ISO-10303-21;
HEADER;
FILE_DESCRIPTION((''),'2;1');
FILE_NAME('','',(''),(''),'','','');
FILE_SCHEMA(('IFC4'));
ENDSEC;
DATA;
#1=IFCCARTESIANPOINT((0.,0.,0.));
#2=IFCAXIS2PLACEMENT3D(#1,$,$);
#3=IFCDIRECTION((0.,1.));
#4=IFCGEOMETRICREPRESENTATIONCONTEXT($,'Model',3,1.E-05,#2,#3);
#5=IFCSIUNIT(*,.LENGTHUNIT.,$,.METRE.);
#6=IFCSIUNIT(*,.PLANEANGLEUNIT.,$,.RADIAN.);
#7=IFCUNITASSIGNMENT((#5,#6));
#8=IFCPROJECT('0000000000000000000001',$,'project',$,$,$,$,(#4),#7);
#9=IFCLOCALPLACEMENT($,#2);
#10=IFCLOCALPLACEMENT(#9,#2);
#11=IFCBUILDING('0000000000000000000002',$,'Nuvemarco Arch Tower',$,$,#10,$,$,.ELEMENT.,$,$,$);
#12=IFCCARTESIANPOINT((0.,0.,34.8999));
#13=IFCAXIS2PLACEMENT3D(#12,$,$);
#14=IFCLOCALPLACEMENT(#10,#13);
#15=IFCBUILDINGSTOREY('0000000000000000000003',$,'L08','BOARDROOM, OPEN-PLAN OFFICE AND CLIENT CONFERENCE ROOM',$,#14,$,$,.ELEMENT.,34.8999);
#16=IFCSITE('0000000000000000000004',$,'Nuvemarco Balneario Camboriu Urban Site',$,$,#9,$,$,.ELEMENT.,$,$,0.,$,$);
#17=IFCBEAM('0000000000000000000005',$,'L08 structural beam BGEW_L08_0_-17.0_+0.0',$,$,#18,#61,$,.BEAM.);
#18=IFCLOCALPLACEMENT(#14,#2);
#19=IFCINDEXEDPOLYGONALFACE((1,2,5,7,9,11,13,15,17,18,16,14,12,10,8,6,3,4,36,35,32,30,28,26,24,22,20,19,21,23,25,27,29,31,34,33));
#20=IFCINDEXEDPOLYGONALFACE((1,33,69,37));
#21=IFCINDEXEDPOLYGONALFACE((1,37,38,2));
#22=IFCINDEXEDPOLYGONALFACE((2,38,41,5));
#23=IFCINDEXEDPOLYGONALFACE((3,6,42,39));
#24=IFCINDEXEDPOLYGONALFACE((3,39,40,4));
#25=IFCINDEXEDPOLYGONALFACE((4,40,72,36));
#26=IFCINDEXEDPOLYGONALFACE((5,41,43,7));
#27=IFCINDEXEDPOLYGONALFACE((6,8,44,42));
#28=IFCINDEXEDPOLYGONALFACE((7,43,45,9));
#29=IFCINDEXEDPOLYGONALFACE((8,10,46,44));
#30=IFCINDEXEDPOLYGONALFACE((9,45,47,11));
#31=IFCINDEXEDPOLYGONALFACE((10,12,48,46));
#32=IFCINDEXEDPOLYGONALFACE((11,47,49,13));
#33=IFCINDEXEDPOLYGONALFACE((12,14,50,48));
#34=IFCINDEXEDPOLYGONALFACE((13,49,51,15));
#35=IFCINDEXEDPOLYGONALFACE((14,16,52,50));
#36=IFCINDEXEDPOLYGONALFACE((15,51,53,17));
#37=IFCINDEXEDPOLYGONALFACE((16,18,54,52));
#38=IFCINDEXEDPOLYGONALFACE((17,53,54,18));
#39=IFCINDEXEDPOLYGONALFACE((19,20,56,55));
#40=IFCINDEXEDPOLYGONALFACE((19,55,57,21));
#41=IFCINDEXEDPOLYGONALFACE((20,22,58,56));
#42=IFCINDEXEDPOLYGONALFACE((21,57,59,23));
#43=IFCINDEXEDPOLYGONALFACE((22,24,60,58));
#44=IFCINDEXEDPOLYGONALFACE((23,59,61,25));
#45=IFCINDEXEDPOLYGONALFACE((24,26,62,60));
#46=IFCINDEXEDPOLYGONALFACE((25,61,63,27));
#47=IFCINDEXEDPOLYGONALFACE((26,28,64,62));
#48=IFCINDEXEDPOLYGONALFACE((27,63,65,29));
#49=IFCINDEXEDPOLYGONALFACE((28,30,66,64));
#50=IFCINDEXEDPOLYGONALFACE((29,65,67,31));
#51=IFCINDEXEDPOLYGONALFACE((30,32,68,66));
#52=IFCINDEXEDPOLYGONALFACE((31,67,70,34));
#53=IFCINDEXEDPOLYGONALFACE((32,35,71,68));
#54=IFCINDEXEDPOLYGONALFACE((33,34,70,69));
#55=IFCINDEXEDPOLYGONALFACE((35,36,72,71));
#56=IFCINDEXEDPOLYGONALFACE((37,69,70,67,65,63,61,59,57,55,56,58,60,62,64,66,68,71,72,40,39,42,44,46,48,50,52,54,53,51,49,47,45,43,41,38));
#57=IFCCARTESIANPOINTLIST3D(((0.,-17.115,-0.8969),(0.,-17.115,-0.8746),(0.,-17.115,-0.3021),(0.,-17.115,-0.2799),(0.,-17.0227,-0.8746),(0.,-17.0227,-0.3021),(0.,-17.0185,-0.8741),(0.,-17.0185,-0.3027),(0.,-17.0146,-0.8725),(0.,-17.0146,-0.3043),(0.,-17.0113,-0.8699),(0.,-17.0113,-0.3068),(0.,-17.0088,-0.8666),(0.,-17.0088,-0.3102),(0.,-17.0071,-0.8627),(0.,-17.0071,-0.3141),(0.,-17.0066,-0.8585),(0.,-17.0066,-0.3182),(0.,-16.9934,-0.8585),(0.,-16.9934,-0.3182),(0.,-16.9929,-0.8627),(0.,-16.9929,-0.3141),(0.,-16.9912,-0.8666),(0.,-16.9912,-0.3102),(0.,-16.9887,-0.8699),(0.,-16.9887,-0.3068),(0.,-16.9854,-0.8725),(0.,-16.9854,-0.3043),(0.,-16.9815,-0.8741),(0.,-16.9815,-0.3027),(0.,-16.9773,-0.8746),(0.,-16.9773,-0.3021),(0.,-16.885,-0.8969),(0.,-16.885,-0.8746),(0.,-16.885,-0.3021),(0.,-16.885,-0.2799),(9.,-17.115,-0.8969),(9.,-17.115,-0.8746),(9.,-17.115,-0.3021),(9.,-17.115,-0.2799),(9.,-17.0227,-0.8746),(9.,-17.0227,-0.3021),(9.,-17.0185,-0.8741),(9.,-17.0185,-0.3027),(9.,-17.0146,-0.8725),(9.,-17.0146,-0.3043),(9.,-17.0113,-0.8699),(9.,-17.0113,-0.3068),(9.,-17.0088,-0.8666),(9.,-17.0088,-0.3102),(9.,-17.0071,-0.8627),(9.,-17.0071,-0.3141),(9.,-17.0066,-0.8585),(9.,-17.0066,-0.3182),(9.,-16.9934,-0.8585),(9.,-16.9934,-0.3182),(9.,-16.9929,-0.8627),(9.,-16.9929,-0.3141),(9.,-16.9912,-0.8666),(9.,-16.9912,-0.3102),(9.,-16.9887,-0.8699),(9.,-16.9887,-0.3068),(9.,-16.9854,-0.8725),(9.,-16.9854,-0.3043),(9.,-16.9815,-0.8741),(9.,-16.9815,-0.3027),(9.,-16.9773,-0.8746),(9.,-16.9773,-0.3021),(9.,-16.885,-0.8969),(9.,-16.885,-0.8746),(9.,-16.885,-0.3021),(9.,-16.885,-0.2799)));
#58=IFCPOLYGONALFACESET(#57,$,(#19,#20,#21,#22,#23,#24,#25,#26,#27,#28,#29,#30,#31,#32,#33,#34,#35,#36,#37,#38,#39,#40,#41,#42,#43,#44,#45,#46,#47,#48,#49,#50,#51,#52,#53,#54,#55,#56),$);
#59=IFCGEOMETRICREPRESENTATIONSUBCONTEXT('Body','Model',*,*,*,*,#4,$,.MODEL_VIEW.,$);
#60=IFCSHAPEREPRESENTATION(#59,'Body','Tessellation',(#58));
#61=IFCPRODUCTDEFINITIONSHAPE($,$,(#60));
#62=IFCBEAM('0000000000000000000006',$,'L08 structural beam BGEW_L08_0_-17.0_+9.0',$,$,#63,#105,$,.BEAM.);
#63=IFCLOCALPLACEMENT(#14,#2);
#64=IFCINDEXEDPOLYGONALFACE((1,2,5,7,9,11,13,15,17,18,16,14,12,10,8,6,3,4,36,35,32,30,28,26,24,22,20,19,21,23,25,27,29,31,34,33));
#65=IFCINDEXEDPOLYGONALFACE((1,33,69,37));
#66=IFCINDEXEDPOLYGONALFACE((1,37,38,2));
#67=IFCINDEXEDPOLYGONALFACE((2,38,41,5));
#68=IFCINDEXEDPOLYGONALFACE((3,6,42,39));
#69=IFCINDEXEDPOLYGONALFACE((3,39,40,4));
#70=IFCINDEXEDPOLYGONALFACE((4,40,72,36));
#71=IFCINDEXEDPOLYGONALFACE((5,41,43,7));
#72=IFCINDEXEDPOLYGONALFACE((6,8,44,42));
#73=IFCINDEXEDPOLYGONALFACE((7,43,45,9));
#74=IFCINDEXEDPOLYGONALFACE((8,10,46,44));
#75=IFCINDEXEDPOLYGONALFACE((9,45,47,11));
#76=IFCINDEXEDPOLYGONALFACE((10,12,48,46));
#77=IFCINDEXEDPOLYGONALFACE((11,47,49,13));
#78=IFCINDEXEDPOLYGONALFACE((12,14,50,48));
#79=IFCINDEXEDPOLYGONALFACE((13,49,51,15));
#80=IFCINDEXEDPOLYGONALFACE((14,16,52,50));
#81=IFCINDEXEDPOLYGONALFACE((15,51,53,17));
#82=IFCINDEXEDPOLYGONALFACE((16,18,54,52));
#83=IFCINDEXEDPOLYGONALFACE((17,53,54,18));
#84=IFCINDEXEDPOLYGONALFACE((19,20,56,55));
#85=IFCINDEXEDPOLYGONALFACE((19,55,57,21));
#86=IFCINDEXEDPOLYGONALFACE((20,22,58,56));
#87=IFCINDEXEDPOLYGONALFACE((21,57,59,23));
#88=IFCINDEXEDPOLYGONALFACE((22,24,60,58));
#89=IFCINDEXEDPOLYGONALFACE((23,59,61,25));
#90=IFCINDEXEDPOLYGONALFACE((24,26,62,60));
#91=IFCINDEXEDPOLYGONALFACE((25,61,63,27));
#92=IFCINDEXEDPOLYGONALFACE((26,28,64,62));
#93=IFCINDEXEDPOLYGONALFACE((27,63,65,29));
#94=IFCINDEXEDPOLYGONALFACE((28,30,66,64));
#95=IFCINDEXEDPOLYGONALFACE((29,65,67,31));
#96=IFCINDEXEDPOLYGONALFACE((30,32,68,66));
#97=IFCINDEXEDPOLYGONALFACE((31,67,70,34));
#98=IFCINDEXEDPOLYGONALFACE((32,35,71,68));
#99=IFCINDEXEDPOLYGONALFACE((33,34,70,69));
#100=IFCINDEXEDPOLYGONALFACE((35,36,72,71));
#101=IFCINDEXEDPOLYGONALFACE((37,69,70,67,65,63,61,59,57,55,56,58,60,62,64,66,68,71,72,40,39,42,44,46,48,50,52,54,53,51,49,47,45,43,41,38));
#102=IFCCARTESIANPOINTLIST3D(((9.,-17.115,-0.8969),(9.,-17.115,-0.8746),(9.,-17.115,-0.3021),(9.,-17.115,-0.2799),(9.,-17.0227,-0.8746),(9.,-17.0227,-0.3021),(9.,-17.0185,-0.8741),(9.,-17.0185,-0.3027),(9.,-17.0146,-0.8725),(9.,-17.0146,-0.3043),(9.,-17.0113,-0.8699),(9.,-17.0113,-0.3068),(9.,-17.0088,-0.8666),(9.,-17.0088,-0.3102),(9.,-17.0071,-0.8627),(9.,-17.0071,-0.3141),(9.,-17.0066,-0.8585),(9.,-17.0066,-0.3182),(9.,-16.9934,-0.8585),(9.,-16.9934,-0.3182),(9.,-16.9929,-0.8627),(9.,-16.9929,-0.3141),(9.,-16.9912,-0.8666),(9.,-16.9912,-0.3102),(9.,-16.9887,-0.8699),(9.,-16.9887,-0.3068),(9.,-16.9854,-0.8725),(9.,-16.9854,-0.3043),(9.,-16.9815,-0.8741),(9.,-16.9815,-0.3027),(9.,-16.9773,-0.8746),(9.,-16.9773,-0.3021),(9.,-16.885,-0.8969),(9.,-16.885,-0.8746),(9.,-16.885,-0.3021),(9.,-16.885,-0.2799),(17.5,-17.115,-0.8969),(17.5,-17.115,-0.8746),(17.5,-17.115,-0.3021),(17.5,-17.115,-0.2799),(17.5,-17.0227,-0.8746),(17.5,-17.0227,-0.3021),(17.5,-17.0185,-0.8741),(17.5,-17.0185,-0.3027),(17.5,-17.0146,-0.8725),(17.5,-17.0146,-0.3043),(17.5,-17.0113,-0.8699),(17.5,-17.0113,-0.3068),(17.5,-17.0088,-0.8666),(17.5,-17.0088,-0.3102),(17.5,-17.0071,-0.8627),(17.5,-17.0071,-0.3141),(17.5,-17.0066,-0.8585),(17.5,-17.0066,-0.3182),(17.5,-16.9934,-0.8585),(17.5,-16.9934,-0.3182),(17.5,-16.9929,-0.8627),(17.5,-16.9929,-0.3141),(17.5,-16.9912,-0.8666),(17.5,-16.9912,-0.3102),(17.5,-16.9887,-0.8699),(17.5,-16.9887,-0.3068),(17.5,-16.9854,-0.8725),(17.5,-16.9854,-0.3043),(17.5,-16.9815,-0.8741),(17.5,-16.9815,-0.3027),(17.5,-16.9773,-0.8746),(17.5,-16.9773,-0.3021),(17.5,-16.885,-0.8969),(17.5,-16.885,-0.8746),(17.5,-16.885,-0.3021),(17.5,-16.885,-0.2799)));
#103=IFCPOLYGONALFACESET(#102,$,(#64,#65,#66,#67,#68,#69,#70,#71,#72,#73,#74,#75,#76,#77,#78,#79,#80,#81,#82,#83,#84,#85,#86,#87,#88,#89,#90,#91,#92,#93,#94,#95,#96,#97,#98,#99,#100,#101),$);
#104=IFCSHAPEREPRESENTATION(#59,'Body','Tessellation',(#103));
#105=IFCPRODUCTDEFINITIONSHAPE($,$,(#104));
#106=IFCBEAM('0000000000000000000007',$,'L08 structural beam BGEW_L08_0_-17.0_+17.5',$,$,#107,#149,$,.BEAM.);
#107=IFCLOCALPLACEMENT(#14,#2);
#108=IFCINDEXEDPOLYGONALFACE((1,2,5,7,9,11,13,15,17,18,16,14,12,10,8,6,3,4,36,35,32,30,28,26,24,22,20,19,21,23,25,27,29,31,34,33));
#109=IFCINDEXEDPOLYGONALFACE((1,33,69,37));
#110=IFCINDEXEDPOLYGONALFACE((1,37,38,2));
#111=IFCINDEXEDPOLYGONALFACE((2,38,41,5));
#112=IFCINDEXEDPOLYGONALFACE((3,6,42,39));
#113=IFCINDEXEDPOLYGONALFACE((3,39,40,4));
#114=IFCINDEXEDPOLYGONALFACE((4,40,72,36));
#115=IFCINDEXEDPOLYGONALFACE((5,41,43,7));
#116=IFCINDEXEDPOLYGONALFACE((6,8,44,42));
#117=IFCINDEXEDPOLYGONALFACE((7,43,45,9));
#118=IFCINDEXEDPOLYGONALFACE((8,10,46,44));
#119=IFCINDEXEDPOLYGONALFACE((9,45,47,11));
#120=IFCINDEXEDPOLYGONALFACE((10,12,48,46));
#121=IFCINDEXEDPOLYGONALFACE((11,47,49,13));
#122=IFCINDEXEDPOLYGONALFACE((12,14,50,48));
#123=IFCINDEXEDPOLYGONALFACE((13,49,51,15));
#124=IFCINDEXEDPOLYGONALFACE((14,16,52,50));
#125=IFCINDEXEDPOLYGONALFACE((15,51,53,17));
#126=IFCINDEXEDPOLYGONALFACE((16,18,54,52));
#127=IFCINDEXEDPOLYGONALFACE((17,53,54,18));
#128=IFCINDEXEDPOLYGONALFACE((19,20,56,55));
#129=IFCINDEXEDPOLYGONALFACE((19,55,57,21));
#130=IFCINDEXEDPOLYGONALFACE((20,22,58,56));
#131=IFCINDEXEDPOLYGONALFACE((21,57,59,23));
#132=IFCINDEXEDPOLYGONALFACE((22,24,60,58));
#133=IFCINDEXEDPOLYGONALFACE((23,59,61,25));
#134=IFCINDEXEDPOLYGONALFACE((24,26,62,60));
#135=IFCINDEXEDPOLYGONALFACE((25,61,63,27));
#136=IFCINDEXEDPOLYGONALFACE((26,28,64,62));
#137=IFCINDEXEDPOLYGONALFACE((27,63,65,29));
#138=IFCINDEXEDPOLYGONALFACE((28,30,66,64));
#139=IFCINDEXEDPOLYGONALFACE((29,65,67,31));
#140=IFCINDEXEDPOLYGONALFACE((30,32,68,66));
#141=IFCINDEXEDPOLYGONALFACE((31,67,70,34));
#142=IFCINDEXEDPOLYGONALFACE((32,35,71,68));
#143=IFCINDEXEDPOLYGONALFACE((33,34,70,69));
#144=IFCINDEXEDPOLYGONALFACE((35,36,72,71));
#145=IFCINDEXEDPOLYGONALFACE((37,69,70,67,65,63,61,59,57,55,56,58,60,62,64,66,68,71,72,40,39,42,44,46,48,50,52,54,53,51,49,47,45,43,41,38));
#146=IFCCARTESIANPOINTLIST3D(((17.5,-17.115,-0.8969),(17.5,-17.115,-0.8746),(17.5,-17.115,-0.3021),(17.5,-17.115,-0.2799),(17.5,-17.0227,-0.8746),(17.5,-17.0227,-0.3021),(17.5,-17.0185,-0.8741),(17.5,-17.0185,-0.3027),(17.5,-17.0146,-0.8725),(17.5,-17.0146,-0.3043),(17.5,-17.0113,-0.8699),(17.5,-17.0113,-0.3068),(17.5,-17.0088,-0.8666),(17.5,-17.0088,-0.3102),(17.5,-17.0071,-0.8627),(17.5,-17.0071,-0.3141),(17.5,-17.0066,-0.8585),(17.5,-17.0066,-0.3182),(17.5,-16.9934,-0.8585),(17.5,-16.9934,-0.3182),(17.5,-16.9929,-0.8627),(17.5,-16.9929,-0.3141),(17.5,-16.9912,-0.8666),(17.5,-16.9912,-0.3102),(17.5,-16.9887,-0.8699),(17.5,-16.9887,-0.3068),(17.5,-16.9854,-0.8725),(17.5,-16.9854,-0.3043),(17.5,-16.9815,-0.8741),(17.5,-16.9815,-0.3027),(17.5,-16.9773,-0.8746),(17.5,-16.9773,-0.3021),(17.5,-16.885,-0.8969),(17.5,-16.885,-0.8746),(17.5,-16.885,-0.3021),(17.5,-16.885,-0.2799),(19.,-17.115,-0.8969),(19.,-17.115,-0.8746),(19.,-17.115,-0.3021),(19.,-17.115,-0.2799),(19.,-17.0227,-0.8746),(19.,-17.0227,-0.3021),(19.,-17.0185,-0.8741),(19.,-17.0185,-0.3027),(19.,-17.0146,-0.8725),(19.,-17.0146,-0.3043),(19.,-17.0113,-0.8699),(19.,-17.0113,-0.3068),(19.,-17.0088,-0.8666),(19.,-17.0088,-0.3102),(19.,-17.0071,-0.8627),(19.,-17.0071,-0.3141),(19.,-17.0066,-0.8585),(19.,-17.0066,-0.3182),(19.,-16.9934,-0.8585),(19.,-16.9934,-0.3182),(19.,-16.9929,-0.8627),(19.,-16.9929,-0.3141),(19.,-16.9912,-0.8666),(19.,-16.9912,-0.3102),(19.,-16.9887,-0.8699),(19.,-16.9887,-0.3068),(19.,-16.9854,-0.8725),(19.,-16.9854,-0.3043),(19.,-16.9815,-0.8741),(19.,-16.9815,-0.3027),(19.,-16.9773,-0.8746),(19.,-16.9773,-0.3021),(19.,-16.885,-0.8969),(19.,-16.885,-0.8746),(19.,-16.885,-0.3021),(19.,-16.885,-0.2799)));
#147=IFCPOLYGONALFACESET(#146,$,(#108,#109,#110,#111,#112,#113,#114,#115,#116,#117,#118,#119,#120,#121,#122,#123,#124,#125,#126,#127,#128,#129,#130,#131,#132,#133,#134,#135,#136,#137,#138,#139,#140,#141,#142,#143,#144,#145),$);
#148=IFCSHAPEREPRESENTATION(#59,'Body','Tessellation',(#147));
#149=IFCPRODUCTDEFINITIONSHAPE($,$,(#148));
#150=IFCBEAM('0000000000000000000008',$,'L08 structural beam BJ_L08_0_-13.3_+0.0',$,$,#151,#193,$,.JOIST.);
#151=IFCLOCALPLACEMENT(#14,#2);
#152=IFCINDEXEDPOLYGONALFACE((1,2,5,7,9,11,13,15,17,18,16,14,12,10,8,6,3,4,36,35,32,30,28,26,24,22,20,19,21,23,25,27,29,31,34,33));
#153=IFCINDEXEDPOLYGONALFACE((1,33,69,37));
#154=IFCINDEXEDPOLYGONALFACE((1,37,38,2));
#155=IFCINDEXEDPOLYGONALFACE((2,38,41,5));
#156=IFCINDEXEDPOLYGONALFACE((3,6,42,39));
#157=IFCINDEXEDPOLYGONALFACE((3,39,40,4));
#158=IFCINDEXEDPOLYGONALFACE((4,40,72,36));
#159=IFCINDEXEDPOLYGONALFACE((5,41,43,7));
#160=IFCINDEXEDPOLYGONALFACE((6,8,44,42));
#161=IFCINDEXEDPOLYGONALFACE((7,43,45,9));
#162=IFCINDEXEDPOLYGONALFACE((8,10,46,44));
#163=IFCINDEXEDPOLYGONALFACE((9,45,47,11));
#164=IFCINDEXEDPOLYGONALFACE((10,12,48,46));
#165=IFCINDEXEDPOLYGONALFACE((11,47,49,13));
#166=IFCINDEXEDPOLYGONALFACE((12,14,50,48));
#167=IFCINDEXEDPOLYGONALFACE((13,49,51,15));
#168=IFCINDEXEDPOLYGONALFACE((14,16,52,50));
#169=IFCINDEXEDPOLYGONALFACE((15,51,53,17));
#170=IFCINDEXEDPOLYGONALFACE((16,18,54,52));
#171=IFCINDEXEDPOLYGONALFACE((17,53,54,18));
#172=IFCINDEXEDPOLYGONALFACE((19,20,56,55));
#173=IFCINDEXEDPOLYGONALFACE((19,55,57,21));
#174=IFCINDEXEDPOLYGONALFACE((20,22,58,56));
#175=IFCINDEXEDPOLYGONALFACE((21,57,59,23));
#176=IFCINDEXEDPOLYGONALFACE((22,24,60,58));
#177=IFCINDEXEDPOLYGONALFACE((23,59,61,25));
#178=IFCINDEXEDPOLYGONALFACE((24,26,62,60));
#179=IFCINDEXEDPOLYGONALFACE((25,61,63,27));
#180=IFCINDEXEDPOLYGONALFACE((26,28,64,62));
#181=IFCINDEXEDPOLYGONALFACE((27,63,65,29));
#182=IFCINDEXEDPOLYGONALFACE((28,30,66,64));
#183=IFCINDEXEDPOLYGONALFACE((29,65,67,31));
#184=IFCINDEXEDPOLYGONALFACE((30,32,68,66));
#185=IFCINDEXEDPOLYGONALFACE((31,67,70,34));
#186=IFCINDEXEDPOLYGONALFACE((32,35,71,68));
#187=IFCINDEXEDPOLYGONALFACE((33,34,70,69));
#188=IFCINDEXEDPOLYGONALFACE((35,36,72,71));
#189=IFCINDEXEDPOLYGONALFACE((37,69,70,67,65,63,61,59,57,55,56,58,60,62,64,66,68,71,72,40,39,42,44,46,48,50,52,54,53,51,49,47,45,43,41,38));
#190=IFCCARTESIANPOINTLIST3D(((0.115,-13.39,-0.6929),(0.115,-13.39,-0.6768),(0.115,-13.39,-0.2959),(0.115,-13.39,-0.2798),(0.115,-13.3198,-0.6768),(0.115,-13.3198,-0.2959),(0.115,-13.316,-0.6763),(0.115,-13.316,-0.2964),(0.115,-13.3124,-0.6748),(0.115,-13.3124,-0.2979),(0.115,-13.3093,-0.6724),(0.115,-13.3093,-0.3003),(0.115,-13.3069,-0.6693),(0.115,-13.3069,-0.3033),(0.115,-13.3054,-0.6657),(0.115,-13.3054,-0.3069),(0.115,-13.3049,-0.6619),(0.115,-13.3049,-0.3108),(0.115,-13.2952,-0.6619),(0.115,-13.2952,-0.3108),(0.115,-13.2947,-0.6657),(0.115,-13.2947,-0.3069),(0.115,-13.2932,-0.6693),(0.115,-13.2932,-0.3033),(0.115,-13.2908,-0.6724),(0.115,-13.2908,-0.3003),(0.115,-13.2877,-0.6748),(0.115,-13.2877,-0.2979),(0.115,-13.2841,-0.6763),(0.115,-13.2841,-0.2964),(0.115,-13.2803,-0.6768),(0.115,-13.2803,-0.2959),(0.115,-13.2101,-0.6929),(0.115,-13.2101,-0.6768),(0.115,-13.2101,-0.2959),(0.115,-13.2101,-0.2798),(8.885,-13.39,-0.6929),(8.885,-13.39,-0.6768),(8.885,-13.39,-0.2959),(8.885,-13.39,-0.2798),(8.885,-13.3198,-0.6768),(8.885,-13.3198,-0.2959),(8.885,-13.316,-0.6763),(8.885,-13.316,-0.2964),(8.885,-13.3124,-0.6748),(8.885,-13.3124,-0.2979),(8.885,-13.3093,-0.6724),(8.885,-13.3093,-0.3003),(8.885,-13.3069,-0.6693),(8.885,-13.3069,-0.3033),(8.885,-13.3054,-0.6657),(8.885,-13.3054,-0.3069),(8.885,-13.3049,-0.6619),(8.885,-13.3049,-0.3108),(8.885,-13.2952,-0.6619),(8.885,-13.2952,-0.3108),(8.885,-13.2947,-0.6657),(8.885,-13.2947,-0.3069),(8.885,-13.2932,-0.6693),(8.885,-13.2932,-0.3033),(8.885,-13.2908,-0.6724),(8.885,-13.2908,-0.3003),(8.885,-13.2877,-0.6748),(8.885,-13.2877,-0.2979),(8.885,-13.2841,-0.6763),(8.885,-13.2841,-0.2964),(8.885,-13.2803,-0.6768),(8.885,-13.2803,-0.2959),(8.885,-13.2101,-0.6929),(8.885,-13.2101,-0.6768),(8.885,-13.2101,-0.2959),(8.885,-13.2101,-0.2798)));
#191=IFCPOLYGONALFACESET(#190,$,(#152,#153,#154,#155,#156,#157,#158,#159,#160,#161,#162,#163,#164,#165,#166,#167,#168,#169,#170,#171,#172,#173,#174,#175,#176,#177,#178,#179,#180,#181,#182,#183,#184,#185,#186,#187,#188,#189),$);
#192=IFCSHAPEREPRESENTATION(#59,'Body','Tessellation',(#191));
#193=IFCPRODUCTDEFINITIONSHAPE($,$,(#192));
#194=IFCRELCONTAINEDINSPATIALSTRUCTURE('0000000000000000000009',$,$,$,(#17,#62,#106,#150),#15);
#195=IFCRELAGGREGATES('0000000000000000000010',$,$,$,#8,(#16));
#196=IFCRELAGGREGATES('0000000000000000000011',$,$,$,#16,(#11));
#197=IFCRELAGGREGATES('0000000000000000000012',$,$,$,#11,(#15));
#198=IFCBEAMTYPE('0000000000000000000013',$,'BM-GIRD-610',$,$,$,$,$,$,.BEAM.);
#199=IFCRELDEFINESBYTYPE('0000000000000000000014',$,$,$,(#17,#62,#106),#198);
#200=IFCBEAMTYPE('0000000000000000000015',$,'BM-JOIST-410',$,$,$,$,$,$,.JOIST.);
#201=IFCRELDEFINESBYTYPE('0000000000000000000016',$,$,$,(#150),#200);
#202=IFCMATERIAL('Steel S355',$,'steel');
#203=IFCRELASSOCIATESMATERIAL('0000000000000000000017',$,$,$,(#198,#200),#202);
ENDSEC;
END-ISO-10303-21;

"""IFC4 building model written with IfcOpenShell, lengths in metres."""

from ifc_helpers import new_model, si_unit, direction, frame, origin, origin_2d, place, context, subcontext, project, spatial, i_section, extrude, material, material_profile, profile_set, type_object, element, save


model = new_model("IFC4")

# Units and contexts
model_context = context("Model", 3, precision=1e-05, world=origin(), true_north=direction((0.0, 1.0)))
body_context = subcontext(model_context, "Body", "Model", "MODEL_VIEW")
ifc_project = project(units=[si_unit("LENGTHUNIT", "METRE"), si_unit("PLANEANGLEUNIT", "RADIAN")], contexts=[model_context])

# Site, building, storey
site_placement = place(None, origin())
site = spatial("IfcSite", under=ifc_project, at=site_placement, Name="Nuvemarco Balneario Camboriu Urban Site", CompositionType="ELEMENT", RefElevation=0.0)
building_placement = place(site_placement, origin())
building = spatial("IfcBuilding", under=site, at=building_placement, Name="Nuvemarco Arch Tower", CompositionType="ELEMENT")
storey_placement = place(building_placement, frame((0.0, 0.0, 34.8999)))
storey = spatial("IfcBuildingStorey", under=building, at=storey_placement, Name="L08", Description="BOARDROOM, OPEN-PLAN OFFICE AND CLIENT CONFERENCE ROOM", CompositionType="ELEMENT", Elevation=34.8999)

# Shared definitions
ifc_material_1 = material(Name="Steel S355", Category="steel")

# Beams
ifc_material_profile_1 = material_profile(ifc_material_1, i_section(OverallWidth=0.23, OverallDepth=0.6169, WebThickness=0.0132, FlangeThickness=0.0222, FilletRadius=0.0161, at=origin_2d()), Name="W610x140")
ifc_profile_set_1 = profile_set([ifc_material_profile_1], Name="Steel S355")
beam_type_1 = type_object("IfcBeamType", Name="BM-GIRD-610", PredefinedType="BEAM", material=ifc_profile_set_1)
beam_1_placement = place(storey_placement, frame((0.0, -17.0, -0.5884), z_axis=(1.0, 0.0, 0.0), x_axis=(0.0, 1.0, 0.0)))
element("IfcBeam", 1, at=beam_1_placement, inside=storey, type_object=beam_type_1, Name="L08 structural beam BGEW_L08_0_-17.0_+0.0", PredefinedType="BEAM", context=body_context, shape_type="SweptSolid", body=[
    extrude(i_section(OverallWidth=0.23, OverallDepth=0.6169, WebThickness=0.0132, FlangeThickness=0.0222, FilletRadius=0.0161, at=origin_2d()), origin(), (0.0, 0.0, 1.0), 9.0),
])
beam_2_placement = place(storey_placement, frame((9.0, -17.0, -0.5884), z_axis=(1.0, 0.0, 0.0), x_axis=(0.0, 1.0, 0.0)))
element("IfcBeam", 2, at=beam_2_placement, inside=storey, type_object=beam_type_1, Name="L08 structural beam BGEW_L08_0_-17.0_+9.0", PredefinedType="BEAM", context=body_context, shape_type="SweptSolid", body=[
    extrude(i_section(OverallWidth=0.23, OverallDepth=0.6169, WebThickness=0.0132, FlangeThickness=0.0222, FilletRadius=0.0161, at=origin_2d()), origin(), (0.0, 0.0, 1.0), 8.5),
])
beam_3_placement = place(storey_placement, frame((17.5, -17.0, -0.5884), z_axis=(1.0, 0.0, 0.0), x_axis=(0.0, 1.0, 0.0)))
element("IfcBeam", 3, at=beam_3_placement, inside=storey, type_object=beam_type_1, Name="L08 structural beam BGEW_L08_0_-17.0_+17.5", PredefinedType="BEAM", context=body_context, shape_type="SweptSolid", body=[
    extrude(i_section(OverallWidth=0.23, OverallDepth=0.6169, WebThickness=0.0132, FlangeThickness=0.0222, FilletRadius=0.0161, at=origin_2d()), origin(), (0.0, 0.0, 1.0), 1.5),
])
ifc_material_profile_2 = material_profile(ifc_material_1, i_section(OverallWidth=0.1799, OverallDepth=0.4131, WebThickness=0.0098, FlangeThickness=0.0161, FilletRadius=0.0149, at=origin_2d()), Name="W410x75")
ifc_profile_set_2 = profile_set([ifc_material_profile_2], Name="Steel S355")
beam_type_2 = type_object("IfcBeamType", Name="BM-JOIST-410", PredefinedType="JOIST", material=ifc_profile_set_2)
beam_4_placement = place(storey_placement, frame((0.115, -13.3, -0.4863), z_axis=(1.0, 0.0, 0.0), x_axis=(0.0, 1.0, 0.0)))
element("IfcBeam", 4, at=beam_4_placement, inside=storey, type_object=beam_type_2, Name="L08 structural beam BJ_L08_0_-13.3_+0.0", PredefinedType="JOIST", context=body_context, shape_type="SweptSolid", body=[
    extrude(i_section(OverallWidth=0.1799, OverallDepth=0.4131, WebThickness=0.0098, FlangeThickness=0.0161, FilletRadius=0.0149, at=origin_2d()), origin(), (0.0, 0.0, 1.0), 8.77),
])

save(model, "model.ifc")
